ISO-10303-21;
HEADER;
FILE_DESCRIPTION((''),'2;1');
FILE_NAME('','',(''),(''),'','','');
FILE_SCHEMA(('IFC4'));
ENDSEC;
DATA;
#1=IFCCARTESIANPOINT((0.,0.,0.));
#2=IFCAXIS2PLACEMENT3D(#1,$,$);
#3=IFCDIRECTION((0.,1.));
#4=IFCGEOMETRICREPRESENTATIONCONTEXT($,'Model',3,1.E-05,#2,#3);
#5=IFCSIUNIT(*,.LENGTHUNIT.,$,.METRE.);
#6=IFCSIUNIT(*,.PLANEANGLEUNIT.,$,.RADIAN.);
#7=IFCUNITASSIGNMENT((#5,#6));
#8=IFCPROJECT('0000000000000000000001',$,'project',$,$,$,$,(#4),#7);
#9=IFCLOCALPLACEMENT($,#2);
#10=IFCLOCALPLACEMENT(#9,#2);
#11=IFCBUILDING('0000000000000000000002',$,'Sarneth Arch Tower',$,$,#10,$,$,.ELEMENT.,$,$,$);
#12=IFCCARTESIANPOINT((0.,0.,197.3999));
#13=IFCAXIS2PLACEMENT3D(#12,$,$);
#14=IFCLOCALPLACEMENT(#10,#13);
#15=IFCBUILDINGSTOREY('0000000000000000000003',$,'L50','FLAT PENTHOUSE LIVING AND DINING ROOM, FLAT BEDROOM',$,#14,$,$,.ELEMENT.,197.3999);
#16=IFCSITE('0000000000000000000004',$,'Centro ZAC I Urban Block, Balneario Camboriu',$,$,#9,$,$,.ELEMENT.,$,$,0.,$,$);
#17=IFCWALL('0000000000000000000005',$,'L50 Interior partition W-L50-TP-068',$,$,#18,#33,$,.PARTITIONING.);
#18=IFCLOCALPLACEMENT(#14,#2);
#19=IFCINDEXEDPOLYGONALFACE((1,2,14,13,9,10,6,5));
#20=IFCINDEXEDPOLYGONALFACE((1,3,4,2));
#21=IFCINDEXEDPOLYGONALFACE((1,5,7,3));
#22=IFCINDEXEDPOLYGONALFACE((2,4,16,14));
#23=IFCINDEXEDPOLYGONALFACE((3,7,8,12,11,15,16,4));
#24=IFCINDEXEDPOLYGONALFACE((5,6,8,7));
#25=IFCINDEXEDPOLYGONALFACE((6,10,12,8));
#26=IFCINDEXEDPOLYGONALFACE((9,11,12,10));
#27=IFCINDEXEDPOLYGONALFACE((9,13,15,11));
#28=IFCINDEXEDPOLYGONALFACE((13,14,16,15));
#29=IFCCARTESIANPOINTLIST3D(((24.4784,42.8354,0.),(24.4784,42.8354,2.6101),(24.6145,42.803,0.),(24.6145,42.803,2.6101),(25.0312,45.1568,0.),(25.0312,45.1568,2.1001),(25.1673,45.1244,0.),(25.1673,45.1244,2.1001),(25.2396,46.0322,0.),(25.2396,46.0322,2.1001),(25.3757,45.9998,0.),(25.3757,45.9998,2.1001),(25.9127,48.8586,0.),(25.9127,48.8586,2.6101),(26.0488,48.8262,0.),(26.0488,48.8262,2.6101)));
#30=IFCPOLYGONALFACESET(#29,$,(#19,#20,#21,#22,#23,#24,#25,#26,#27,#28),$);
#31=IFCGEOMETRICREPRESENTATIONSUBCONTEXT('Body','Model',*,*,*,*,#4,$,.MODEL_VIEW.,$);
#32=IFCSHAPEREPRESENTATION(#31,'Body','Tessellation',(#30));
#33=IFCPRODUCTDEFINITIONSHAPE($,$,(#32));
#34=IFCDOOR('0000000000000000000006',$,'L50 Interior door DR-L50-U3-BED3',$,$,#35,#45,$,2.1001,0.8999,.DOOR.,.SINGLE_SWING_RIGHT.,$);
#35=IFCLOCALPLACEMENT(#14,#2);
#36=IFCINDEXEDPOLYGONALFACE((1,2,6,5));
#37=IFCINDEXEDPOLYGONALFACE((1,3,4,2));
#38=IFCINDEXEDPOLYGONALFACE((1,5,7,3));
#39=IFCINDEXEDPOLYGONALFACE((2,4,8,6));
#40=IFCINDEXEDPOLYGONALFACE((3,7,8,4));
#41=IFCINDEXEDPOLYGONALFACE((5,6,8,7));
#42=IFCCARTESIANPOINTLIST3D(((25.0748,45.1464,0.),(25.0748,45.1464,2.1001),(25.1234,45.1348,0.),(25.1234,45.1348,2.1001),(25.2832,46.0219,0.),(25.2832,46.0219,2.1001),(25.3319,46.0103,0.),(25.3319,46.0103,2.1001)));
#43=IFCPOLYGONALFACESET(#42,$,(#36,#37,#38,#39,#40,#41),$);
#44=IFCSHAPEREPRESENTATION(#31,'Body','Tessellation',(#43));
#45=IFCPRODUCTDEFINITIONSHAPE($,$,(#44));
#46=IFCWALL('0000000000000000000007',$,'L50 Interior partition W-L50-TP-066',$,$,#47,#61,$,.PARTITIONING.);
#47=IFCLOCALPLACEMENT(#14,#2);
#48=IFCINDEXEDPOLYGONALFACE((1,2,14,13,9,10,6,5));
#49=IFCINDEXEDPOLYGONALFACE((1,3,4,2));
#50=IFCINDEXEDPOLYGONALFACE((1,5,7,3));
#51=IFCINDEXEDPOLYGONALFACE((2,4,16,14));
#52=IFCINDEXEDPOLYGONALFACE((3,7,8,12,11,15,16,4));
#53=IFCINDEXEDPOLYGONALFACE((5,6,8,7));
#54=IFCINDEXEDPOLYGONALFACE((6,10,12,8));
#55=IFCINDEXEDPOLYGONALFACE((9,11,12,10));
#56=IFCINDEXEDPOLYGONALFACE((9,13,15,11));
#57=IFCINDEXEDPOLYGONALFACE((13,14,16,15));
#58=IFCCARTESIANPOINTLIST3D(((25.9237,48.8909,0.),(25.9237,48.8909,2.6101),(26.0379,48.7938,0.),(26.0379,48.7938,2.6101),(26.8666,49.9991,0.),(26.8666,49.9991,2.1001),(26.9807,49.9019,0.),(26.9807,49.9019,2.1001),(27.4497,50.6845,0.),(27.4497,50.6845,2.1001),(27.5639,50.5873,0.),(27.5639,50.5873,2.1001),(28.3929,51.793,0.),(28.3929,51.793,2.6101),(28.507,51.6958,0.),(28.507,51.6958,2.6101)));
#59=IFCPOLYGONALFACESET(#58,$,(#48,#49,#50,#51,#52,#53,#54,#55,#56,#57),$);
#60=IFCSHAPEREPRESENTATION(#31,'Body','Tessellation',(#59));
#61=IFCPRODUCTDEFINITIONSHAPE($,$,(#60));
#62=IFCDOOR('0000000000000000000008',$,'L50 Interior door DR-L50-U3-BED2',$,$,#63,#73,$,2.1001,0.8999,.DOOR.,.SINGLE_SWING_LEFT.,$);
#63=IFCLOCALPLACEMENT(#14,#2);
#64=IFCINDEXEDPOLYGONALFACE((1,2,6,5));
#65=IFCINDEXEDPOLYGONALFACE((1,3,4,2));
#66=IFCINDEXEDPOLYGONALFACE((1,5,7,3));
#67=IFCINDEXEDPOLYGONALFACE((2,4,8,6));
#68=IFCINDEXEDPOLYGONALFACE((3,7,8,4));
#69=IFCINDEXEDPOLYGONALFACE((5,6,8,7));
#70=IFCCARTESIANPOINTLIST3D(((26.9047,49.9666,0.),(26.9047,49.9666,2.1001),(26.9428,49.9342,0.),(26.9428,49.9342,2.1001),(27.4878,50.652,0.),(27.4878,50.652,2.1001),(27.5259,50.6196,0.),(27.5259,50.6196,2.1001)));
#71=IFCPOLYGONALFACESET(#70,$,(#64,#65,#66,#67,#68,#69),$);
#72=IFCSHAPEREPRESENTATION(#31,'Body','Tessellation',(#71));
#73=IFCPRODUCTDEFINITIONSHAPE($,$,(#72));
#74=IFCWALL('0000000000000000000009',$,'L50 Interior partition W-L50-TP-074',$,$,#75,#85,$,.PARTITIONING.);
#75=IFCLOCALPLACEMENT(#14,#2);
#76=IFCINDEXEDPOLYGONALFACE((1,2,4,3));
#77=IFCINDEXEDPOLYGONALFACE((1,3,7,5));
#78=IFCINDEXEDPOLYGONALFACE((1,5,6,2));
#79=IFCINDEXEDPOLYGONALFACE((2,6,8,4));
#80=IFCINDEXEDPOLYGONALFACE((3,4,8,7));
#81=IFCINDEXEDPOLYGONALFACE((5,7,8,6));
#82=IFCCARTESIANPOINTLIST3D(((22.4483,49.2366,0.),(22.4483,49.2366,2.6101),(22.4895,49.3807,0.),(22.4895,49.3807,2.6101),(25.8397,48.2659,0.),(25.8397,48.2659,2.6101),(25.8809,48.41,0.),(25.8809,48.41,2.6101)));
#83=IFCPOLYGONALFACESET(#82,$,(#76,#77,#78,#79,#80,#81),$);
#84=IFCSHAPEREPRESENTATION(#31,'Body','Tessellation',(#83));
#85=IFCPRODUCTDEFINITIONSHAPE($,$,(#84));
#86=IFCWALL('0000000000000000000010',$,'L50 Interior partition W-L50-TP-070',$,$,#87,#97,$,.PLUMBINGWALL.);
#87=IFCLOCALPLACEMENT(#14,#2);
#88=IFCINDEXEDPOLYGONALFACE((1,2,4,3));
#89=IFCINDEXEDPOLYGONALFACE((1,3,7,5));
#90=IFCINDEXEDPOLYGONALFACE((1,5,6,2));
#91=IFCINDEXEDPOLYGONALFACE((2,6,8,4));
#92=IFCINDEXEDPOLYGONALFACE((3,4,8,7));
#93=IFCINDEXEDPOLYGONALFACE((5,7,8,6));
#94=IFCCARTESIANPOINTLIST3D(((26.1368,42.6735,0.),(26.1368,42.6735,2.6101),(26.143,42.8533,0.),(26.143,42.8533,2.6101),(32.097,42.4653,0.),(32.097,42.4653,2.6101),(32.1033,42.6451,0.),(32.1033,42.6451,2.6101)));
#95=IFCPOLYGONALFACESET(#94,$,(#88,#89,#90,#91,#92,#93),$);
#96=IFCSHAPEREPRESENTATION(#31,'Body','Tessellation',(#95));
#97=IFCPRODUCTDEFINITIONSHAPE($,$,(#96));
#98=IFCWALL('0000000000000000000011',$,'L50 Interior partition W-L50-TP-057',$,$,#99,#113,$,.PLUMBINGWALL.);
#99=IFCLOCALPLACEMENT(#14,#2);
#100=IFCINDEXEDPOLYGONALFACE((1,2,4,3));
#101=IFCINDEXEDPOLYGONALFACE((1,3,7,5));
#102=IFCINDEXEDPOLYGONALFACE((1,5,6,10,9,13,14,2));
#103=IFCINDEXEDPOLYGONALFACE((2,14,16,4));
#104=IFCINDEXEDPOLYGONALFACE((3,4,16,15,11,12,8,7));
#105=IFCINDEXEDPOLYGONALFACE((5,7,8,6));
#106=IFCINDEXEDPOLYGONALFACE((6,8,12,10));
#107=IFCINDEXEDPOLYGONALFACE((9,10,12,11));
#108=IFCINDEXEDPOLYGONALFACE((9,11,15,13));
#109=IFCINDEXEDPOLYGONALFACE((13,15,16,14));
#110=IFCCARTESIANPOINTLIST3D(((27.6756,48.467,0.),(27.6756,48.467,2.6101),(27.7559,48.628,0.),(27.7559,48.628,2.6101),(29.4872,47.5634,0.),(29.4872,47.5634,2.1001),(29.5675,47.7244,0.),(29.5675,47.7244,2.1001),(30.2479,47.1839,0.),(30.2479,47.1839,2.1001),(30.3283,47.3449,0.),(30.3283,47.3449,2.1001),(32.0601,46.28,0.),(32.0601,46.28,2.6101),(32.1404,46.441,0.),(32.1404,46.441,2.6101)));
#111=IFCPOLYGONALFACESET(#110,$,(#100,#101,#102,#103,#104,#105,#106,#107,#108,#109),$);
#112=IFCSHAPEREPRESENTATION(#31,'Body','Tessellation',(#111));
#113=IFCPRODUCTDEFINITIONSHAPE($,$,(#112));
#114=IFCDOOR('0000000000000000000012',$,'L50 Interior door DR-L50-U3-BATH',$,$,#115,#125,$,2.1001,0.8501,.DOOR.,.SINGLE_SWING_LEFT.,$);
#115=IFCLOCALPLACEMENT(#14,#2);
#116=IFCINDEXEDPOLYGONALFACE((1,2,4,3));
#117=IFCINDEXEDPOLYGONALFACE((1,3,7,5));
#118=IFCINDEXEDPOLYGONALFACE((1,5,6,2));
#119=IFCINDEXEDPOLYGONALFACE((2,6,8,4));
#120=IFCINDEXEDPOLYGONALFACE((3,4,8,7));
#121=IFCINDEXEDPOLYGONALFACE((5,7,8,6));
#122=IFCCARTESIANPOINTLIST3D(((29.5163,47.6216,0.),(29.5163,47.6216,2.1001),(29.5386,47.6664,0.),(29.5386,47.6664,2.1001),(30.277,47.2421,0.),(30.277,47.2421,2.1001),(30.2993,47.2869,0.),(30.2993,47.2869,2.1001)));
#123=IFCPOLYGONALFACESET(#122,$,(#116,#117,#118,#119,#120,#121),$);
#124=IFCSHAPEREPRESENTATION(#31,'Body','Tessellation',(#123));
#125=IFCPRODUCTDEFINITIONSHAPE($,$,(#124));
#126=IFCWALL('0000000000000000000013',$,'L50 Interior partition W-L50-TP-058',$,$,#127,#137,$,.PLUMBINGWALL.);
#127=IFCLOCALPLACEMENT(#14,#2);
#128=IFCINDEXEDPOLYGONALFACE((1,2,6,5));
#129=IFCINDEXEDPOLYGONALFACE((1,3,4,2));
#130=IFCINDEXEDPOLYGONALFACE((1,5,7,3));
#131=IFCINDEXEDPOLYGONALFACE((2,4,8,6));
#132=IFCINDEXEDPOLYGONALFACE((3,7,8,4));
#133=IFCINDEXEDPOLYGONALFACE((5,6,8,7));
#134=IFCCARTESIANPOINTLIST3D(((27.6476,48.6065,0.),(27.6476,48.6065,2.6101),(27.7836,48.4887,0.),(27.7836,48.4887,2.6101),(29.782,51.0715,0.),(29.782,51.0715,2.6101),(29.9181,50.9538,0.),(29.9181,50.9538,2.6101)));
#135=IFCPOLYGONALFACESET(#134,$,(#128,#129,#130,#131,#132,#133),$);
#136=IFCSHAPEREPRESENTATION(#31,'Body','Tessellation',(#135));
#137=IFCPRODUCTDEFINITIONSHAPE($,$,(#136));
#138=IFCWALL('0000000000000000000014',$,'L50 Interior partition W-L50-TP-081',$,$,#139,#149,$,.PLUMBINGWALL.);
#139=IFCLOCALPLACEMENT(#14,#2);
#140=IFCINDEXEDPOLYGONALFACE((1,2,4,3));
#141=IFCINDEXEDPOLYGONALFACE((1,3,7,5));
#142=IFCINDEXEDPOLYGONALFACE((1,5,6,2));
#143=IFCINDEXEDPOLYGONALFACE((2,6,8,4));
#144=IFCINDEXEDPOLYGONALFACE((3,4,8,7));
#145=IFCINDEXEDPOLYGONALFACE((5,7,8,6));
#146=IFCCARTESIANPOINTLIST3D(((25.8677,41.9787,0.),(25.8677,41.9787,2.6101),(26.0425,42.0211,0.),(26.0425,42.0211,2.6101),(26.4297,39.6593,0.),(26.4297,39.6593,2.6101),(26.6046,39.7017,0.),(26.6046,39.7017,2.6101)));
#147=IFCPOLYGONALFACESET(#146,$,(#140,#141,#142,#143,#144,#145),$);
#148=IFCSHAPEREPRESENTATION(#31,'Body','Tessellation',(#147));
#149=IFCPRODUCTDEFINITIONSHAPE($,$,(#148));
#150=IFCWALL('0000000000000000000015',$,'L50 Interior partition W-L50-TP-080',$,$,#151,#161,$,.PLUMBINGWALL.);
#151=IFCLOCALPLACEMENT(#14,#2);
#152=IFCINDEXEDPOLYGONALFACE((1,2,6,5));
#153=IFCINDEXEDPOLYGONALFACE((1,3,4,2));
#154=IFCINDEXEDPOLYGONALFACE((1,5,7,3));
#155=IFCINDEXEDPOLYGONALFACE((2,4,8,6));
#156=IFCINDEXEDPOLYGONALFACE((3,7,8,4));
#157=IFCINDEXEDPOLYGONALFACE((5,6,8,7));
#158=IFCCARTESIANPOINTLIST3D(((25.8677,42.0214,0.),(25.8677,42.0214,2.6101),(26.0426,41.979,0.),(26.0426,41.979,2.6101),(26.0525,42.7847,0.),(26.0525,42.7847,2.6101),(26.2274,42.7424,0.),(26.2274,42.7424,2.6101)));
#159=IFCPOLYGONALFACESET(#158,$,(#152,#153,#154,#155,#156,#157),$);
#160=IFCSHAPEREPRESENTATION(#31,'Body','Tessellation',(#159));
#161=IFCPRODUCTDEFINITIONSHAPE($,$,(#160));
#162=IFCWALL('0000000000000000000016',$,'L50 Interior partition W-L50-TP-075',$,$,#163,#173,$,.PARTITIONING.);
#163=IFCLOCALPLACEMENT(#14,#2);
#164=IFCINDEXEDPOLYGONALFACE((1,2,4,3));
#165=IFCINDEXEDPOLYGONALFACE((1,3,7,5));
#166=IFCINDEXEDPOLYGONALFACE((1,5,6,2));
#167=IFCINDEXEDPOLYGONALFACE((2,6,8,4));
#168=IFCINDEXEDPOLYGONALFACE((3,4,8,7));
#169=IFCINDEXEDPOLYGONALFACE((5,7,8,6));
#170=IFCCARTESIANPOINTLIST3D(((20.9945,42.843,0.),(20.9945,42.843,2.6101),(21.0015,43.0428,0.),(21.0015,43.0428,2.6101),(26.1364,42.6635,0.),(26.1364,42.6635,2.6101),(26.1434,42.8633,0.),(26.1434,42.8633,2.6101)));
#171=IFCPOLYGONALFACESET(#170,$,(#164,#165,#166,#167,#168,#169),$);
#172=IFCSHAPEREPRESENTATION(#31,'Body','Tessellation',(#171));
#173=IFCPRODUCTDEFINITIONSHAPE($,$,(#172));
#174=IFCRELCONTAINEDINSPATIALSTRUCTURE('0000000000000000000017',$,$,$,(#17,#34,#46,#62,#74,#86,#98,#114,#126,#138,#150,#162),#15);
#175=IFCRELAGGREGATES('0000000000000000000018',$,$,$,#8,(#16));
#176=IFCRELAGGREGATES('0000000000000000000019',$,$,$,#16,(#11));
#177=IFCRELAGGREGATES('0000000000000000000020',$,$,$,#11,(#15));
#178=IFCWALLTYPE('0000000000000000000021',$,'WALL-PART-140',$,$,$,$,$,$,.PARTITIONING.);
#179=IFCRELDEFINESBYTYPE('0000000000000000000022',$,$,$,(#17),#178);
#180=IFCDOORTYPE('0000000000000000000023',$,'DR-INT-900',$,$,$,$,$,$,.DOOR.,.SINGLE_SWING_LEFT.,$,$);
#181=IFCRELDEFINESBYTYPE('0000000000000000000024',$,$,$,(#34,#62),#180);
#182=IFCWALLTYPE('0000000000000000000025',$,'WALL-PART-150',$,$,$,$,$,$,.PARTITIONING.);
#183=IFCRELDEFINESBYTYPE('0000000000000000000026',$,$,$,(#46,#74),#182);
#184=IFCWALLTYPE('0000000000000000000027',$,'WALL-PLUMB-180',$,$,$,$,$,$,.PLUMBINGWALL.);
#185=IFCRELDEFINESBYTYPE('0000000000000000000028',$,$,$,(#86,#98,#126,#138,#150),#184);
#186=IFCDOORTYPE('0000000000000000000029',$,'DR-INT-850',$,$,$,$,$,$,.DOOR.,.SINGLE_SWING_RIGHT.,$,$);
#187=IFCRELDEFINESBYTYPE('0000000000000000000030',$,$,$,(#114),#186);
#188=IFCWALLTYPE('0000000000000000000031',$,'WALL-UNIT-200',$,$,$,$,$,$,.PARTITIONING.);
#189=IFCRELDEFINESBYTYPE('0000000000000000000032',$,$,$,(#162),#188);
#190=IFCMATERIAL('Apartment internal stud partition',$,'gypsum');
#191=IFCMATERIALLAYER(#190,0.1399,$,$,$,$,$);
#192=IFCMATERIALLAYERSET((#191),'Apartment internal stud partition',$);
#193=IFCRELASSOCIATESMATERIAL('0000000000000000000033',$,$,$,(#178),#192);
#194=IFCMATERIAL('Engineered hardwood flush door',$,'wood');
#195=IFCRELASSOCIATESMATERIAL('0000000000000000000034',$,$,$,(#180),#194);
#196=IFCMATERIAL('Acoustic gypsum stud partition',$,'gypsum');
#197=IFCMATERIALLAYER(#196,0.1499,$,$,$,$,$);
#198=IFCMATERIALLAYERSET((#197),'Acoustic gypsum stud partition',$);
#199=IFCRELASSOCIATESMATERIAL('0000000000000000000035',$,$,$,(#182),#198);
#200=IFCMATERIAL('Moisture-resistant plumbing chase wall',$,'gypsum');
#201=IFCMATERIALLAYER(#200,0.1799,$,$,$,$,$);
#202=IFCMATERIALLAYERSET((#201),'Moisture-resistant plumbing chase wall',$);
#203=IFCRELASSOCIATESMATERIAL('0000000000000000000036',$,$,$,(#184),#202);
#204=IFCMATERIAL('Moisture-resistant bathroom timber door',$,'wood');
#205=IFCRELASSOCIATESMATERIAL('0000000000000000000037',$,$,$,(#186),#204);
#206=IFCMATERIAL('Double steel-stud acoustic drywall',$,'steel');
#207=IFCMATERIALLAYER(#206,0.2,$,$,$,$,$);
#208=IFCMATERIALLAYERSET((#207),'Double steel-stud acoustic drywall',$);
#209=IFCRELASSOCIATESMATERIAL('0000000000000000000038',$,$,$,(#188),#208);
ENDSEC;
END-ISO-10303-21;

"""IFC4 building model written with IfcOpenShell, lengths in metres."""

from ifc_helpers import new_model, si_unit, direction, frame, frame_2d, origin, place, context, subcontext, project, spatial, rectangle, extrude, material, layer, layer_set, type_object, element, fill, save


model = new_model("IFC4")

# Units and contexts
model_context = context("Model", 3, precision=1e-05, world=origin(), true_north=direction((0.0, 1.0)))
body_context = subcontext(model_context, "Body", "Model", "MODEL_VIEW")
ifc_project = project(units=[si_unit("LENGTHUNIT", "METRE"), si_unit("PLANEANGLEUNIT", "RADIAN")], contexts=[model_context])

# Site, building, storey
site_placement = place(None, origin())
site = spatial("IfcSite", under=ifc_project, at=site_placement, Name="Centro ZAC I Urban Block, Balneario Camboriu", CompositionType="ELEMENT", RefElevation=0.0)
building_placement = place(site_placement, origin())
building = spatial("IfcBuilding", under=site, at=building_placement, Name="Sarneth Arch Tower", CompositionType="ELEMENT")
storey_placement = place(building_placement, frame((0.0, 0.0, 197.3999)))
storey = spatial("IfcBuildingStorey", under=building, at=storey_placement, Name="L50", Description="FLAT PENTHOUSE LIVING AND DINING ROOM, FLAT BEDROOM", CompositionType="ELEMENT", Elevation=197.3999)

# Walls, openings, doors
ifc_material_1 = material(Name="Apartment internal stud partition", Category="gypsum")
ifc_layer_1 = layer(ifc_material_1, 0.1399)
ifc_layer_set_1 = layer_set([ifc_layer_1], Name="Apartment internal stud partition")
wall_type_1 = type_object("IfcWallType", Name="WALL-PART-140", PredefinedType="PARTITIONING", material=ifc_layer_set_1)
wall_1_placement = place(storey_placement, frame((25.9807, 48.8423, 0.0), z_axis=(0.0, 0.0, 1.0), x_axis=(-0.231656, -0.972798, 0.0)))
wall_1 = element("IfcWall", 1, at=wall_1_placement, inside=storey, type_object=wall_type_1, Name="L50 Interior partition W-L50-TP-068", PredefinedType="PARTITIONING", context=body_context, shape_type="SweptSolid", body=[
    extrude(rectangle(XDim=6.1917, YDim=0.1399, at=frame_2d((3.0957, 0.0))), origin(), (0.0, 0.0, 1.0), 2.6101),
])
opening_1_placement = place(wall_1_placement, frame((2.9053, 0.0, 0.0)))
opening_1 = element("IfcOpeningElement", 2, at=opening_1_placement, cuts=wall_1, PredefinedType="OPENING", context=body_context, shape_type="SweptSolid", body=[
    extrude(rectangle(XDim=0.8999, YDim=2.1001, at=frame_2d((0.45, 1.05))), frame((0.0, 0.0798, 0.0), z_axis=(0.0, -1.0, 0.0), x_axis=(1.0, 0.0, 0.0)), (0.0, 0.0, 1.0), 0.1599),
])
ifc_material_2 = material(Name="Engineered hardwood flush door", Category="wood")
door_type_1 = type_object("IfcDoorType", Name="DR-INT-900", OperationType="SINGLE_SWING_LEFT", PredefinedType="DOOR", material=ifc_material_2)
door_1_placement = place(opening_1_placement, origin())
door_1 = element("IfcDoor", 3, at=door_1_placement, inside=storey, type_object=door_type_1, Name="L50 Interior door DR-L50-U3-BED3", OperationType="SINGLE_SWING_RIGHT", OverallHeight=2.1001, OverallWidth=0.8999, PredefinedType="DOOR", context=body_context, shape_type="SweptSolid", body=[
    extrude(rectangle(XDim=0.8999, YDim=2.1001, at=frame_2d((0.45, 1.05))), frame((0.0, 0.0249, 0.0), z_axis=(0.0, -1.0, 0.0), x_axis=(1.0, 0.0, 0.0)), (0.0, 0.0, 1.0), 0.05),
])
fill(opening_1, door_1)
ifc_material_3 = material(Name="Acoustic gypsum stud partition", Category="gypsum")
ifc_layer_2 = layer(ifc_material_3, 0.1499)
ifc_layer_set_2 = layer_set([ifc_layer_2], Name="Acoustic gypsum stud partition")
wall_type_2 = type_object("IfcWallType", Name="WALL-PART-150", PredefinedType="PARTITIONING", material=ifc_layer_set_2)
wall_2_placement = place(storey_placement, frame((25.9807, 48.8423, 0.0), z_axis=(0.0, 0.0, 1.0), x_axis=(0.648022, 0.761621, 0.0)))
wall_2 = element("IfcWall", 4, at=wall_2_placement, inside=storey, type_object=wall_type_2, Name="L50 Interior partition W-L50-TP-066", PredefinedType="PARTITIONING", context=body_context, shape_type="SweptSolid", body=[
    extrude(rectangle(XDim=3.8103, YDim=0.1499, at=frame_2d((1.9053, 0.0))), origin(), (0.0, 0.0, 1.0), 2.6101),
])
opening_2_placement = place(wall_2_placement, frame((1.4551, 0.0, 0.0)))
opening_2 = element("IfcOpeningElement", 5, at=opening_2_placement, cuts=wall_2, PredefinedType="OPENING", context=body_context, shape_type="SweptSolid", body=[
    extrude(rectangle(XDim=0.8999, YDim=2.1001, at=frame_2d((0.45, 1.05))), frame((0.0, 0.085, 0.0), z_axis=(0.0, -1.0, 0.0), x_axis=(1.0, 0.0, 0.0)), (0.0, 0.0, 1.0), 0.1699),
])
door_2_placement = place(opening_2_placement, origin())
door_2 = element("IfcDoor", 6, at=door_2_placement, inside=storey, type_object=door_type_1, Name="L50 Interior door DR-L50-U3-BED2", OperationType="SINGLE_SWING_LEFT", OverallHeight=2.1001, OverallWidth=0.8999, PredefinedType="DOOR", context=body_context, shape_type="SweptSolid", body=[
    extrude(rectangle(XDim=0.8999, YDim=2.1001, at=frame_2d((0.45, 1.05))), frame((0.0, 0.0249, 0.0), z_axis=(0.0, -1.0, 0.0), x_axis=(1.0, 0.0, 0.0)), (0.0, 0.0, 1.0), 0.05),
])
fill(opening_2, door_2)

# Walls
wall_3_placement = place(storey_placement, frame((22.469, 49.3086, 0.0), z_axis=(0.0, 0.0, 1.0), x_axis=(0.961393, -0.275178, 0.0)))
element("IfcWall", 7, at=wall_3_placement, inside=storey, type_object=wall_type_2, Name="L50 Interior partition W-L50-TP-074", PredefinedType="PARTITIONING", context=body_context, shape_type="SweptSolid", body=[
    extrude(rectangle(XDim=3.5276, YDim=0.1499, at=frame_2d((1.7637, 0.0))), origin(), (0.0, 0.0, 1.0), 2.6101),
])
ifc_material_4 = material(Name="Moisture-resistant plumbing chase wall", Category="gypsum")
ifc_layer_3 = layer(ifc_material_4, 0.1799)
ifc_layer_set_3 = layer_set([ifc_layer_3], Name="Moisture-resistant plumbing chase wall")
wall_type_3 = type_object("IfcWallType", Name="WALL-PLUMB-180", PredefinedType="PLUMBINGWALL", material=ifc_layer_set_3)
wall_4_placement = place(storey_placement, frame((26.1399, 42.7634, 0.0), z_axis=(0.0, 0.0, 1.0), x_axis=(0.99939, -0.034919, 0.0)))
element("IfcWall", 8, at=wall_4_placement, inside=storey, type_object=wall_type_3, Name="L50 Interior partition W-L50-TP-070", PredefinedType="PLUMBINGWALL", context=body_context, shape_type="SweptSolid", body=[
    extrude(rectangle(XDim=5.9639, YDim=0.1799, at=frame_2d((2.9819, 0.0))), origin(), (0.0, 0.0, 1.0), 2.6101),
])

# Wall, opening, door
wall_5_placement = place(storey_placement, frame((32.1001, 46.3606, 0.0), z_axis=(0.0, 0.0, 1.0), x_axis=(-0.894855, 0.446356, 0.0)))
wall_5 = element("IfcWall", 9, at=wall_5_placement, inside=storey, type_object=wall_type_3, Name="L50 Interior partition W-L50-TP-057", PredefinedType="PLUMBINGWALL", context=body_context, shape_type="SweptSolid", body=[
    extrude(rectangle(XDim=4.8997, YDim=0.1799, at=frame_2d((2.4497, 0.0))), origin(), (0.0, 0.0, 1.0), 2.6101),
])
opening_3_placement = place(wall_5_placement, frame((2.0249, 0.0, 0.0)))
opening_3 = element("IfcOpeningElement", 10, at=opening_3_placement, cuts=wall_5, PredefinedType="OPENING", context=body_context, shape_type="SweptSolid", body=[
    extrude(rectangle(XDim=0.8501, YDim=2.1001, at=frame_2d((0.425, 1.05))), frame((0.0, 0.0999, 0.0), z_axis=(0.0, -1.0, 0.0), x_axis=(1.0, 0.0, 0.0)), (0.0, 0.0, 1.0), 0.2),
])
ifc_material_5 = material(Name="Moisture-resistant bathroom timber door", Category="wood")
door_type_2 = type_object("IfcDoorType", Name="DR-INT-850", OperationType="SINGLE_SWING_RIGHT", PredefinedType="DOOR", material=ifc_material_5)
door_3_placement = place(opening_3_placement, origin())
door_3 = element("IfcDoor", 11, at=door_3_placement, inside=storey, type_object=door_type_2, Name="L50 Interior door DR-L50-U3-BATH", OperationType="SINGLE_SWING_LEFT", OverallHeight=2.1001, OverallWidth=0.8501, PredefinedType="DOOR", context=body_context, shape_type="SweptSolid", body=[
    extrude(rectangle(XDim=0.8501, YDim=2.1001, at=frame_2d((0.425, 1.05))), frame((0.0, 0.0249, 0.0), z_axis=(0.0, -1.0, 0.0), x_axis=(1.0, 0.0, 0.0)), (0.0, 0.0, 1.0), 0.05),
])
fill(opening_3, door_3)

# Walls
wall_6_placement = place(storey_placement, frame((27.7156, 48.5476, 0.0), z_axis=(0.0, 0.0, 1.0), x_axis=(0.6546, 0.755976, 0.0)))
element("IfcWall", 12, at=wall_6_placement, inside=storey, type_object=wall_type_3, Name="L50 Interior partition W-L50-TP-058", PredefinedType="PLUMBINGWALL", context=body_context, shape_type="SweptSolid", body=[
    extrude(rectangle(XDim=3.2607, YDim=0.1799, at=frame_2d((1.6304, 0.0))), origin(), (0.0, 0.0, 1.0), 2.6101),
])
wall_7_placement = place(storey_placement, frame((25.9551, 42.0, 0.0), z_axis=(0.0, 0.0, 1.0), x_axis=(0.2355, -0.971874, 0.0)))
element("IfcWall", 13, at=wall_7_placement, inside=storey, type_object=wall_type_3, Name="L50 Interior partition W-L50-TP-081", PredefinedType="PLUMBINGWALL", context=body_context, shape_type="SweptSolid", body=[
    extrude(rectangle(XDim=2.3865, YDim=0.1799, at=frame_2d((1.1934, 0.0))), origin(), (0.0, 0.0, 1.0), 2.6101),
])
wall_8_placement = place(storey_placement, frame((26.1399, 42.7634, 0.0), z_axis=(0.0, 0.0, 1.0), x_axis=(-0.235289, -0.971926, 0.0)))
element("IfcWall", 14, at=wall_8_placement, inside=storey, type_object=wall_type_3, Name="L50 Interior partition W-L50-TP-080", PredefinedType="PLUMBINGWALL", context=body_context, shape_type="SweptSolid", body=[
    extrude(rectangle(XDim=0.7854, YDim=0.1799, at=frame_2d((0.3926, 0.0))), origin(), (0.0, 0.0, 1.0), 2.6101),
])
ifc_material_6 = material(Name="Double steel-stud acoustic drywall", Category="steel")
ifc_layer_4 = layer(ifc_material_6, 0.2)
ifc_layer_set_4 = layer_set([ifc_layer_4], Name="Double steel-stud acoustic drywall")
wall_type_4 = type_object("IfcWallType", Name="WALL-UNIT-200", PredefinedType="PARTITIONING", material=ifc_layer_set_4)
wall_9_placement = place(storey_placement, frame((26.1399, 42.7634, 0.0), z_axis=(0.0, 0.0, 1.0), x_axis=(-0.999392, 0.034877, 0.0)))
element("IfcWall", 15, at=wall_9_placement, inside=storey, type_object=wall_type_4, Name="L50 Interior partition W-L50-TP-075", PredefinedType="PARTITIONING", context=body_context, shape_type="SweptSolid", body=[
    extrude(rectangle(XDim=5.145, YDim=0.2, at=frame_2d((2.5725, 0.0))), origin(), (0.0, 0.0, 1.0), 2.6101),
])

save(model, "model.ifc")
